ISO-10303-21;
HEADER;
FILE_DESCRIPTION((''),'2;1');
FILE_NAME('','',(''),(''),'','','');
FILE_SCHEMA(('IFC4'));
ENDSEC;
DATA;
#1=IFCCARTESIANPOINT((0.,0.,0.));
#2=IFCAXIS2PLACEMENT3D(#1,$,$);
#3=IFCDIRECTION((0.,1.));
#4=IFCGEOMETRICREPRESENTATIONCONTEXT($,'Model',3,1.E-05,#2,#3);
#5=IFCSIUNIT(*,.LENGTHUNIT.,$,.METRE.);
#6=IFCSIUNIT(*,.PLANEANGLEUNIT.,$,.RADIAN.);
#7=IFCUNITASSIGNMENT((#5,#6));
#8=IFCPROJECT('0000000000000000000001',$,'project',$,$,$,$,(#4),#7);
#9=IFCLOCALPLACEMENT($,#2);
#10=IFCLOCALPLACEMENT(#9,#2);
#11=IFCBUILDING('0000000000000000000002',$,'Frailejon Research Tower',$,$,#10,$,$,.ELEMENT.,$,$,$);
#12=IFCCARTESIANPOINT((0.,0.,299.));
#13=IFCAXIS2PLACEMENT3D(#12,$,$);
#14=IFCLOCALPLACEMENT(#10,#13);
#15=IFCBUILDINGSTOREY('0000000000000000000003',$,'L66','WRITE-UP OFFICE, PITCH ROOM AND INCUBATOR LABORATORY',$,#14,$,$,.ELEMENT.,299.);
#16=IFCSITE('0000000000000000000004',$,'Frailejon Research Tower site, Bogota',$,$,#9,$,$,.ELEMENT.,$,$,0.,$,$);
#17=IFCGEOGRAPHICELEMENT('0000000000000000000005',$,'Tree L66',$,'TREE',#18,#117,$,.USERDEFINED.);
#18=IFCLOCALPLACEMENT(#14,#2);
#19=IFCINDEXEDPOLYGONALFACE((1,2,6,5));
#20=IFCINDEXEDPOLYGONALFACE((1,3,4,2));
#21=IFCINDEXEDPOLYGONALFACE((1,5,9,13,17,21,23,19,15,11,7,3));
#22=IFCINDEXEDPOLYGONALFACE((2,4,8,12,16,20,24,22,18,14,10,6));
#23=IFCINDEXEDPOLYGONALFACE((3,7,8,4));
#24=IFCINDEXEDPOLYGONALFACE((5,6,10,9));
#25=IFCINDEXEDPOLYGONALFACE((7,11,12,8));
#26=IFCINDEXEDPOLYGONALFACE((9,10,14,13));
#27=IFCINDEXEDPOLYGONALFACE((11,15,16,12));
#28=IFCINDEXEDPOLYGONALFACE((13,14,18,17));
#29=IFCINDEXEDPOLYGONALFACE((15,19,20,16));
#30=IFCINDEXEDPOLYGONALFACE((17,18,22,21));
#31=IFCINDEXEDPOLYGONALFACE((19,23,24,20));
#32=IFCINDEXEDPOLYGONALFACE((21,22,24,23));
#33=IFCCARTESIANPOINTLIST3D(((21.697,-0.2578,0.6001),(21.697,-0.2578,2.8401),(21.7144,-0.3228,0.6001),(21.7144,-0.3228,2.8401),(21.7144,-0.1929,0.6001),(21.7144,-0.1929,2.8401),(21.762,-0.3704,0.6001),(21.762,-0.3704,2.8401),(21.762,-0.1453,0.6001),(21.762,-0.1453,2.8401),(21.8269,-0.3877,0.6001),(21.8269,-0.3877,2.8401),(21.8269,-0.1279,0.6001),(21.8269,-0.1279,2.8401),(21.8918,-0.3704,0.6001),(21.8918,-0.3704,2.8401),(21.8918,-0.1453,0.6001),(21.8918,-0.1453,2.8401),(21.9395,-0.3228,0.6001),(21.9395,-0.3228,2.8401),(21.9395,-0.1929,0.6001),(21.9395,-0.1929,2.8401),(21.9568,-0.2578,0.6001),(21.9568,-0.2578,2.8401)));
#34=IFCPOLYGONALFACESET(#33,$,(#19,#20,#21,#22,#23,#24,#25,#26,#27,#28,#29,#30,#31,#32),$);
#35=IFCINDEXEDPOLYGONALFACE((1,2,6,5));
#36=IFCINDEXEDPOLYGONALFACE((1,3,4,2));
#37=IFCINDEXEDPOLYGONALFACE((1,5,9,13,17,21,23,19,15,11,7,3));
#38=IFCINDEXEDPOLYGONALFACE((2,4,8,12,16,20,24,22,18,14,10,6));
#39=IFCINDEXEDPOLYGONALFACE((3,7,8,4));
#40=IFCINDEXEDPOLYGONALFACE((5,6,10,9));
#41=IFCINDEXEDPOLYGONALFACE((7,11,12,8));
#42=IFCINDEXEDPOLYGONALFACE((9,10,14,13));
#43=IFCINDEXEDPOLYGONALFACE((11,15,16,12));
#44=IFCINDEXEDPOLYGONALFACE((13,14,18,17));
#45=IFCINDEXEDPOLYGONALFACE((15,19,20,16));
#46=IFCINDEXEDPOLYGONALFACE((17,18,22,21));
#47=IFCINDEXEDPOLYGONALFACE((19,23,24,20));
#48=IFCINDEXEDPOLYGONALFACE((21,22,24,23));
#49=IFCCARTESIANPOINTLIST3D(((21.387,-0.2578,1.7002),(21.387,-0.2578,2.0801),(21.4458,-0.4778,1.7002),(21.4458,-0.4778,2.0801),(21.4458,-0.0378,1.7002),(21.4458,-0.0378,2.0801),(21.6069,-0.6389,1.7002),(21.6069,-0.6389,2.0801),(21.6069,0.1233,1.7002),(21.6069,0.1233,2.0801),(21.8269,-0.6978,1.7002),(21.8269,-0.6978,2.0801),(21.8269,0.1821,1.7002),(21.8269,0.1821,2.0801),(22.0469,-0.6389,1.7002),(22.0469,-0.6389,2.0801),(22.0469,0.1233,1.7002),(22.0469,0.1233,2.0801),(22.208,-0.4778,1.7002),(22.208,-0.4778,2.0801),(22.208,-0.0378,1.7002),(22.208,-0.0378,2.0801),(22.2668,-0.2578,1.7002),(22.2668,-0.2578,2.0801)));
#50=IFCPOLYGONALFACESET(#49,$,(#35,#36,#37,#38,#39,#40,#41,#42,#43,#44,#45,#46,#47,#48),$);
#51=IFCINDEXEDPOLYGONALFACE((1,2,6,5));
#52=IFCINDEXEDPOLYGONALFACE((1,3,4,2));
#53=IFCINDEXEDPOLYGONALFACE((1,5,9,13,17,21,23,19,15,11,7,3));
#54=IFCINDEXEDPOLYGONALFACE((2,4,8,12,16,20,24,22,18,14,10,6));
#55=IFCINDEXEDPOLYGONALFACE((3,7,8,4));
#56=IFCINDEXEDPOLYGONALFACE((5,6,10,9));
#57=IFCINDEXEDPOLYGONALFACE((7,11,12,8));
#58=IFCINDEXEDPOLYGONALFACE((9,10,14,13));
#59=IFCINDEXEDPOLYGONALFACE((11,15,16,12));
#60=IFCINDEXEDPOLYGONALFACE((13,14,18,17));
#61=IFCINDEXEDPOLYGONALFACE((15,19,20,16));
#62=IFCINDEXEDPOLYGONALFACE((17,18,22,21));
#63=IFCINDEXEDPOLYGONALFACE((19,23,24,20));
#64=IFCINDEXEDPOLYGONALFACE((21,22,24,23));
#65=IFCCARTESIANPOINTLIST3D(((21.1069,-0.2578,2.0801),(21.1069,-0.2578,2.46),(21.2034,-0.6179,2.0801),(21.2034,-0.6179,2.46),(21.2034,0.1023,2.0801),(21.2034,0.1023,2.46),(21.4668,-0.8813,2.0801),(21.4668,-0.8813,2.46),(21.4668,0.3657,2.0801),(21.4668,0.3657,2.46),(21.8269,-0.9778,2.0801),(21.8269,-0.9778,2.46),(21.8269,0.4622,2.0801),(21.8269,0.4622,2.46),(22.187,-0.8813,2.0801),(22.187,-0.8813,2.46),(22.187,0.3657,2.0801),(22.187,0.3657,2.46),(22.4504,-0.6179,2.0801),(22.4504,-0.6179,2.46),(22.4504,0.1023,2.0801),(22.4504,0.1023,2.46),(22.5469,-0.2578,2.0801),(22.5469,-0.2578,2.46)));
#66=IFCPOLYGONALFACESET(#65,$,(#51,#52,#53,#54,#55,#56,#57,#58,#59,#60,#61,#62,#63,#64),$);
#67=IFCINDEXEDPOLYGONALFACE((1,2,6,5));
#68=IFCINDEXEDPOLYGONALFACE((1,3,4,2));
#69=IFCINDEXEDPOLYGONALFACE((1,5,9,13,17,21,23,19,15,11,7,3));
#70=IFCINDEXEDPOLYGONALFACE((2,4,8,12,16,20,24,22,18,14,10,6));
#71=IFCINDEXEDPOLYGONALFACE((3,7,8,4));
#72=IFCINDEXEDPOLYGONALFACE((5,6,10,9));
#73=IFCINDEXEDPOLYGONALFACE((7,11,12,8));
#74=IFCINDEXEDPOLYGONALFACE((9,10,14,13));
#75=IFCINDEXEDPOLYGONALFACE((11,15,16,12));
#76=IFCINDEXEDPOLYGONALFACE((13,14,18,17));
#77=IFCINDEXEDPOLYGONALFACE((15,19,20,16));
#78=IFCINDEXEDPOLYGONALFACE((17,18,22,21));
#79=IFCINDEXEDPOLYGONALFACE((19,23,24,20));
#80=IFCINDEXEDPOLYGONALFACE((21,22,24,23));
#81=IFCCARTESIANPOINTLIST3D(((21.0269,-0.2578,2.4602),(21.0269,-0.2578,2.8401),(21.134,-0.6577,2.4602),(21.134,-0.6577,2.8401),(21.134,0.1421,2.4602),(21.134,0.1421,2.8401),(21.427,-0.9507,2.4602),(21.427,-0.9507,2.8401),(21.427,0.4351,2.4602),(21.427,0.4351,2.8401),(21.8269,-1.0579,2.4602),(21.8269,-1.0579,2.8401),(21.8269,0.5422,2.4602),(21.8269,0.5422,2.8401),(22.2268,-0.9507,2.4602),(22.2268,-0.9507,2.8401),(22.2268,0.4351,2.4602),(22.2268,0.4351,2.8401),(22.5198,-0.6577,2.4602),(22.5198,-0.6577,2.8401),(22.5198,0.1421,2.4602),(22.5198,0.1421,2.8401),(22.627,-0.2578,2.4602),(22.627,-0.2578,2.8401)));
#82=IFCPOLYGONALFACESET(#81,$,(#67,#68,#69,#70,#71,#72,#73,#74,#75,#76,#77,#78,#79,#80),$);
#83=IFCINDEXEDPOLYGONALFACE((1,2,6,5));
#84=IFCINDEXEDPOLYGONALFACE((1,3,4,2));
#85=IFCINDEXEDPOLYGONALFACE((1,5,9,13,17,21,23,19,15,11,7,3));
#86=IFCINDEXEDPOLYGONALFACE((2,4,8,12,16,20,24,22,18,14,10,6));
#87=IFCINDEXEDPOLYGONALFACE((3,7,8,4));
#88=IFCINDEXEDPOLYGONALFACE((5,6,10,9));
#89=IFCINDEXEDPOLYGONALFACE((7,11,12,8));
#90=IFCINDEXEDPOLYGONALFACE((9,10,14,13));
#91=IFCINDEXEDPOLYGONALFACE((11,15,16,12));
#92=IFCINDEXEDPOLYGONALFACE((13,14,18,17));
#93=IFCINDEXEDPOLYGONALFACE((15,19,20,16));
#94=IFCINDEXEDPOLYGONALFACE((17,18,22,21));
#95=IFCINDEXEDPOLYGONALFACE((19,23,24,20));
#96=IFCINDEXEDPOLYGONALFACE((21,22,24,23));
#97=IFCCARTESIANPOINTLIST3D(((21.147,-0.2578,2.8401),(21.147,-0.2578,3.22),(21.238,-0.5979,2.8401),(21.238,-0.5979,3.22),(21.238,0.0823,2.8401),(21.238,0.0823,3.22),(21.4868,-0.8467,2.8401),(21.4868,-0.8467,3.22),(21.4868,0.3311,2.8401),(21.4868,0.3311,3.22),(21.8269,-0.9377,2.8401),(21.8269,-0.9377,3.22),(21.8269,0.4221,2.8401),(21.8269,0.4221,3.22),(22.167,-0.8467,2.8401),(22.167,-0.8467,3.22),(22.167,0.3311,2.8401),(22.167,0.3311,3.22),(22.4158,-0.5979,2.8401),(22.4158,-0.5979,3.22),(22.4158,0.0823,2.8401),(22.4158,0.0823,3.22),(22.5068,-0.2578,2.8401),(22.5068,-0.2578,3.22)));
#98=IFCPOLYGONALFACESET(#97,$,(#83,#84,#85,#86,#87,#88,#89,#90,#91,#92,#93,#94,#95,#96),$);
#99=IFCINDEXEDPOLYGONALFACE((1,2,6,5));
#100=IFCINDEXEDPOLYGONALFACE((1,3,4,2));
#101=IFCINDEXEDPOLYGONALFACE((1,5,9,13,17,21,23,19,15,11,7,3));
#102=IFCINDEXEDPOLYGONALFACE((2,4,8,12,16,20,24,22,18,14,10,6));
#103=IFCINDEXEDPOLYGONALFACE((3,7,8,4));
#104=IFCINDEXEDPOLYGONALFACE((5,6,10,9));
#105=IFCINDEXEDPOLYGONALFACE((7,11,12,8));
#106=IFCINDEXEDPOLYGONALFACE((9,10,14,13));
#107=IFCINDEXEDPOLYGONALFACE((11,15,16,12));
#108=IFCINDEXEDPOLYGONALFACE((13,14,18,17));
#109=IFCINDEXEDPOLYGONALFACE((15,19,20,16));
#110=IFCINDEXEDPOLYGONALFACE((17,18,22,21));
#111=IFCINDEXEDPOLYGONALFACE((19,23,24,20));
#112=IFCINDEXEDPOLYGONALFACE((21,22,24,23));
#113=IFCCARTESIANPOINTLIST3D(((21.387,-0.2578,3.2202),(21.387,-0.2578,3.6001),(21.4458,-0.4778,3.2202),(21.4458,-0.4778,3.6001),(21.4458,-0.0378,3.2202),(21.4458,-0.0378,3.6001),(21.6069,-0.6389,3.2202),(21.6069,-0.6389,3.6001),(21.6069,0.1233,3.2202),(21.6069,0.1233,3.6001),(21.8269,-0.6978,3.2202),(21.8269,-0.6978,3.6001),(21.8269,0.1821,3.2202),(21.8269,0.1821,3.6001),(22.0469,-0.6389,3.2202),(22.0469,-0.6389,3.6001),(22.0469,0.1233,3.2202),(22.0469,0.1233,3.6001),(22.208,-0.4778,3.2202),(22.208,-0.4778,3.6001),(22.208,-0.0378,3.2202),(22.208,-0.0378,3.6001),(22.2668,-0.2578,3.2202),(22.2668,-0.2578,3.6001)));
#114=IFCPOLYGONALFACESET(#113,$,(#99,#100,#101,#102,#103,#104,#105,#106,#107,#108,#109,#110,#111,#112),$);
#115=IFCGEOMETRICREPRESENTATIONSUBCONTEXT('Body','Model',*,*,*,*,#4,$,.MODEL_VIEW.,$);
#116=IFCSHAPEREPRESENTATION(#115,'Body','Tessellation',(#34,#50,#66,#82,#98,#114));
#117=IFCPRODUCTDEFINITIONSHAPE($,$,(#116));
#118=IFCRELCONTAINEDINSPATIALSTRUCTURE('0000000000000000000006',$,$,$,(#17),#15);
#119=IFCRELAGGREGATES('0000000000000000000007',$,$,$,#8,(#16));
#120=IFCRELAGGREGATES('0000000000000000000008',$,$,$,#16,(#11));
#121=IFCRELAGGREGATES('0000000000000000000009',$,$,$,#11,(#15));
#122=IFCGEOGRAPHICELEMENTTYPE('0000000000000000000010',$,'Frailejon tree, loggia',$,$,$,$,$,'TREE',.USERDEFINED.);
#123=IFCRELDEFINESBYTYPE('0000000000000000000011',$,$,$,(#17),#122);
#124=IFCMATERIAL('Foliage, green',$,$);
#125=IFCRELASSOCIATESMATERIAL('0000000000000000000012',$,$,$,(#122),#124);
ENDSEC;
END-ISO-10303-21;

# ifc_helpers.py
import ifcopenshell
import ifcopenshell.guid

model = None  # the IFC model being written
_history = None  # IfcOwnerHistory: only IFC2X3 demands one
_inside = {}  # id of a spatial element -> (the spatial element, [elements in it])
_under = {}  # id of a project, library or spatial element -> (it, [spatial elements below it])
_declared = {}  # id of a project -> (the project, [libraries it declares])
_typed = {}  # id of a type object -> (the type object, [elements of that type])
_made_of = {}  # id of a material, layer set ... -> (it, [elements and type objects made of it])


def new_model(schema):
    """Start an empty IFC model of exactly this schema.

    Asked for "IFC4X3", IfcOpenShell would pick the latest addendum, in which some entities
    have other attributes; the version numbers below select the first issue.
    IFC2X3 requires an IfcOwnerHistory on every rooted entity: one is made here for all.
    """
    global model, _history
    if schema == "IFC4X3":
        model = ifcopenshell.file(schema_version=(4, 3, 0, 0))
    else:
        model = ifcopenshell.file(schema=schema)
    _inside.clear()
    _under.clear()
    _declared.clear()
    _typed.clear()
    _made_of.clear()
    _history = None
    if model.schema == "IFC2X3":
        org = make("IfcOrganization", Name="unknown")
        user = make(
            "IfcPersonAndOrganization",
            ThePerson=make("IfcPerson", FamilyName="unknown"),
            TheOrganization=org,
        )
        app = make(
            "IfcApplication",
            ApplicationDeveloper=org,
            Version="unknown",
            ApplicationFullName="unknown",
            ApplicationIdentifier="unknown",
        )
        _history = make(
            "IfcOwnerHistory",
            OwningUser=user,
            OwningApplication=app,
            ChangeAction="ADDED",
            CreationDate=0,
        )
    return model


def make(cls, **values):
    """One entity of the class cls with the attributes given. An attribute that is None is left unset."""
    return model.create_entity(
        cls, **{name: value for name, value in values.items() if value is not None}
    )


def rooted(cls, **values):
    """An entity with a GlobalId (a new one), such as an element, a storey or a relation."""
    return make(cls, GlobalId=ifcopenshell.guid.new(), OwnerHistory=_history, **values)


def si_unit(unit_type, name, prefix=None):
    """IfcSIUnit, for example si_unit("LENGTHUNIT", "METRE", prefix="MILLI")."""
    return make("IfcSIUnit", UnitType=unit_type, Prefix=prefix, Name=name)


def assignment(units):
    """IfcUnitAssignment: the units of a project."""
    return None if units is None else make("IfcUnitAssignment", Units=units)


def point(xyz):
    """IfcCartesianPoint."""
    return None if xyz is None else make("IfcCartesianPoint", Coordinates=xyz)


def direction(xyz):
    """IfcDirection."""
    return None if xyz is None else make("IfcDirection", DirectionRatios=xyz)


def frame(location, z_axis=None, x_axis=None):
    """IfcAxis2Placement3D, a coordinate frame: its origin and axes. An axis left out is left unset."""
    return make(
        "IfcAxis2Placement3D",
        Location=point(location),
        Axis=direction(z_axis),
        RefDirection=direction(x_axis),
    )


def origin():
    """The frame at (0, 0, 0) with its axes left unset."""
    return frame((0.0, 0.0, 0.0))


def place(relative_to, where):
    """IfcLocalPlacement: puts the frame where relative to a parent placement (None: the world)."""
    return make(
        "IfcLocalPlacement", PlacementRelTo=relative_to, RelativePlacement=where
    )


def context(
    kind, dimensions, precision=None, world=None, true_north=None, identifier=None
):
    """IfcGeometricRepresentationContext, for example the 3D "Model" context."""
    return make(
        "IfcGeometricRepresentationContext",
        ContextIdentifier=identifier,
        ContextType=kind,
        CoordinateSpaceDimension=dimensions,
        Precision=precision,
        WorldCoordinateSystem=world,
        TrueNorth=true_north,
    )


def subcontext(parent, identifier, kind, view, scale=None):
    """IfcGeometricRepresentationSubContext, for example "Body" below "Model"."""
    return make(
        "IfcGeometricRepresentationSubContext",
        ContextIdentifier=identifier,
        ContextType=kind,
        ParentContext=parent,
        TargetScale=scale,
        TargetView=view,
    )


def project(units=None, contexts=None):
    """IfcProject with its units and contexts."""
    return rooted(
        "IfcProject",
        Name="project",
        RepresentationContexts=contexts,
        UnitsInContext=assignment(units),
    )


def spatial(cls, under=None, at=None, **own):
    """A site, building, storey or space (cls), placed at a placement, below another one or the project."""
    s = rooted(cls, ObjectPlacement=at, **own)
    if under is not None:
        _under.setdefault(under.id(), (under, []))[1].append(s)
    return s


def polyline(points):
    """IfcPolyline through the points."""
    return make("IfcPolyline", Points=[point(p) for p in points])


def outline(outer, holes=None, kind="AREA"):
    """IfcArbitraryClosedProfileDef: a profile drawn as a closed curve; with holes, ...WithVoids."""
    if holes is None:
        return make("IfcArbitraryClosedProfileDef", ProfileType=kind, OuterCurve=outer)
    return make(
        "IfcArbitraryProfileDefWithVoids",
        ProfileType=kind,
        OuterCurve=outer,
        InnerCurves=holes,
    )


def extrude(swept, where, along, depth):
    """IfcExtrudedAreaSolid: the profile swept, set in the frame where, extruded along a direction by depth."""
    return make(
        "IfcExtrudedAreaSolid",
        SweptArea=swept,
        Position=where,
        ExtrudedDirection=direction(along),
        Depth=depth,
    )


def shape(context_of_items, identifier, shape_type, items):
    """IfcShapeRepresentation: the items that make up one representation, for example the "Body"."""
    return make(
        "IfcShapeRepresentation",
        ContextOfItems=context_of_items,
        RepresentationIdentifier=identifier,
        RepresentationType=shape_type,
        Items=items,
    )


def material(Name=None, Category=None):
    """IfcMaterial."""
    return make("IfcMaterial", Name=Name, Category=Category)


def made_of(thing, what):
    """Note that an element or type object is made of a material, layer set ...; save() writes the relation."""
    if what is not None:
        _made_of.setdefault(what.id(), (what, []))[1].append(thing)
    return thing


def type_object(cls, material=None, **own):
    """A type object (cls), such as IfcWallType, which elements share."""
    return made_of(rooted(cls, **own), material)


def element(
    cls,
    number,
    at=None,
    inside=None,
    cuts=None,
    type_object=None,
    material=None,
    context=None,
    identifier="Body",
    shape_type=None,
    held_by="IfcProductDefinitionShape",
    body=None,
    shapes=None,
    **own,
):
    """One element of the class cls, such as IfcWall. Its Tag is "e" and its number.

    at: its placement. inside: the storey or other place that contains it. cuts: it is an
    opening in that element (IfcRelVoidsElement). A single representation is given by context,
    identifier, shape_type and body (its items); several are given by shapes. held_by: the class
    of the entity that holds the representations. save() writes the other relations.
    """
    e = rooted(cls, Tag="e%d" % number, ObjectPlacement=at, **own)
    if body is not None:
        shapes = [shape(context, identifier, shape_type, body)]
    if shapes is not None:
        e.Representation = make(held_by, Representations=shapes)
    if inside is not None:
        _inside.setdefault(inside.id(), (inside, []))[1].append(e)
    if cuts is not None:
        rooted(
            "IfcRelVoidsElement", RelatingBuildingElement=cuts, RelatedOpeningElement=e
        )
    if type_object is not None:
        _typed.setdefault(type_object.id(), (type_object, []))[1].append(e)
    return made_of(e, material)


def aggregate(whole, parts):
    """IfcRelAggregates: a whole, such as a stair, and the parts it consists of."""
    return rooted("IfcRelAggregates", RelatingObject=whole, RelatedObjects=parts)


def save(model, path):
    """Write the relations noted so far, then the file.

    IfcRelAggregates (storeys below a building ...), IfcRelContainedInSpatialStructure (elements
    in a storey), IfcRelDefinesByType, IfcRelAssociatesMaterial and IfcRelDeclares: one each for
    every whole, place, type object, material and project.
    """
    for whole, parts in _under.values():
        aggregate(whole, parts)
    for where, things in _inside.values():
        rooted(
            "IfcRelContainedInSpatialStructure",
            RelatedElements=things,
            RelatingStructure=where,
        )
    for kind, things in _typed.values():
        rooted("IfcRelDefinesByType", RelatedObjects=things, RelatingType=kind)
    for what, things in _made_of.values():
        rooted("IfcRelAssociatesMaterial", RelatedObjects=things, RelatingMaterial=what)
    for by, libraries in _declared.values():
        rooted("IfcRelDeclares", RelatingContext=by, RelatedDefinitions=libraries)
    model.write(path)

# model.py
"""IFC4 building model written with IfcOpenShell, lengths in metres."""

from ifc_helpers import new_model, si_unit, direction, frame, origin, place, context, subcontext, project, spatial, polyline, outline, extrude, material, type_object, element, save


model = new_model("IFC4")

# Units and contexts
model_context = context("Model", 3, precision=1e-05, world=origin(), true_north=direction((0.0, 1.0)))
body_context = subcontext(model_context, "Body", "Model", "MODEL_VIEW")
ifc_project = project(units=[si_unit("LENGTHUNIT", "METRE"), si_unit("PLANEANGLEUNIT", "RADIAN")], contexts=[model_context])

# Site, building, storey
site_placement = place(None, origin())
site = spatial("IfcSite", under=ifc_project, at=site_placement, Name="Frailejon Research Tower site, Bogota", CompositionType="ELEMENT", RefElevation=0.0)
building_placement = place(site_placement, origin())
building = spatial("IfcBuilding", under=site, at=building_placement, Name="Frailejon Research Tower", CompositionType="ELEMENT")
storey_placement = place(building_placement, frame((0.0, 0.0, 299.0)))
storey = spatial("IfcBuildingStorey", under=building, at=storey_placement, Name="L66", Description="WRITE-UP OFFICE, PITCH ROOM AND INCUBATOR LABORATORY", CompositionType="ELEMENT", Elevation=299.0)

# Geographic element
ifc_material_1 = material(Name="Foliage, green")
geographic_element_type = type_object("IfcGeographicElementType", Name="Frailejon tree, loggia", ElementType="TREE", PredefinedType="USERDEFINED", material=ifc_material_1)
geographic_element_placement = place(storey_placement, frame((21.8269, -0.2578, 0.6001)))
element("IfcGeographicElement", 1, at=geographic_element_placement, inside=storey, type_object=geographic_element_type, Name="Tree L66", ObjectType="TREE", PredefinedType="USERDEFINED", context=body_context, shape_type="SweptSolid", body=[
    extrude(outline(polyline([(0.1299, 0.0), (0.1125, 0.0649), (0.0649, 0.1125), (0.0, 0.1299), (-0.0649, 0.1125), (-0.1125, 0.0649), (-0.1299, 0.0), (-0.1125, -0.0649), (-0.0649, -0.1125), (0.0, -0.1299), (0.0649, -0.1125), (0.1125, -0.0649), (0.1299, 0.0)])), origin(), (0.0, 0.0, 1.0), 2.24),
    extrude(outline(polyline([(0.4399, 0.0), (0.3811, 0.22), (0.22, 0.3811), (0.0, 0.4399), (-0.22, 0.3811), (-0.3811, 0.22), (-0.4399, 0.0), (-0.3811, -0.22), (-0.22, -0.3811), (0.0, -0.4399), (0.22, -0.3811), (0.3811, -0.22), (0.4399, 0.0)])), frame((0.0, 0.0, 1.1001)), (0.0, 0.0, 1.0), 0.3799),
    extrude(outline(polyline([(0.72, 0.0), (0.6235, 0.3601), (0.3601, 0.6235), (0.0, 0.72), (-0.3601, 0.6235), (-0.6235, 0.3601), (-0.72, 0.0), (-0.6235, -0.3601), (-0.3601, -0.6235), (0.0, -0.72), (0.3601, -0.6235), (0.6235, -0.3601), (0.72, 0.0)])), frame((0.0, 0.0, 1.48)), (0.0, 0.0, 1.0), 0.3799),
    extrude(outline(polyline([(0.8, 0.0), (0.6929, 0.3999), (0.3999, 0.6929), (0.0, 0.8), (-0.3999, 0.6929), (-0.6929, 0.3999), (-0.8, 0.0), (-0.6929, -0.3999), (-0.3999, -0.6929), (0.0, -0.8), (0.3999, -0.6929), (0.6929, -0.3999), (0.8, 0.0)])), frame((0.0, 0.0, 1.8601)), (0.0, 0.0, 1.0), 0.3799),
    extrude(outline(polyline([(0.6799, 0.0), (0.5889, 0.3401), (0.3401, 0.5889), (0.0, 0.6799), (-0.3401, 0.5889), (-0.5889, 0.3401), (-0.6799, 0.0), (-0.5889, -0.3401), (-0.3401, -0.5889), (0.0, -0.6799), (0.3401, -0.5889), (0.5889, -0.3401), (0.6799, 0.0)])), frame((0.0, 0.0, 2.24)), (0.0, 0.0, 1.0), 0.3799),
    extrude(outline(polyline([(0.4399, 0.0), (0.3811, 0.22), (0.22, 0.3811), (0.0, 0.4399), (-0.22, 0.3811), (-0.3811, 0.22), (-0.4399, 0.0), (-0.3811, -0.22), (-0.22, -0.3811), (0.0, -0.4399), (0.22, -0.3811), (0.3811, -0.22), (0.4399, 0.0)])), frame((0.0, 0.0, 2.6201)), (0.0, 0.0, 1.0), 0.3799),
])

save(model, "model.ifc")
